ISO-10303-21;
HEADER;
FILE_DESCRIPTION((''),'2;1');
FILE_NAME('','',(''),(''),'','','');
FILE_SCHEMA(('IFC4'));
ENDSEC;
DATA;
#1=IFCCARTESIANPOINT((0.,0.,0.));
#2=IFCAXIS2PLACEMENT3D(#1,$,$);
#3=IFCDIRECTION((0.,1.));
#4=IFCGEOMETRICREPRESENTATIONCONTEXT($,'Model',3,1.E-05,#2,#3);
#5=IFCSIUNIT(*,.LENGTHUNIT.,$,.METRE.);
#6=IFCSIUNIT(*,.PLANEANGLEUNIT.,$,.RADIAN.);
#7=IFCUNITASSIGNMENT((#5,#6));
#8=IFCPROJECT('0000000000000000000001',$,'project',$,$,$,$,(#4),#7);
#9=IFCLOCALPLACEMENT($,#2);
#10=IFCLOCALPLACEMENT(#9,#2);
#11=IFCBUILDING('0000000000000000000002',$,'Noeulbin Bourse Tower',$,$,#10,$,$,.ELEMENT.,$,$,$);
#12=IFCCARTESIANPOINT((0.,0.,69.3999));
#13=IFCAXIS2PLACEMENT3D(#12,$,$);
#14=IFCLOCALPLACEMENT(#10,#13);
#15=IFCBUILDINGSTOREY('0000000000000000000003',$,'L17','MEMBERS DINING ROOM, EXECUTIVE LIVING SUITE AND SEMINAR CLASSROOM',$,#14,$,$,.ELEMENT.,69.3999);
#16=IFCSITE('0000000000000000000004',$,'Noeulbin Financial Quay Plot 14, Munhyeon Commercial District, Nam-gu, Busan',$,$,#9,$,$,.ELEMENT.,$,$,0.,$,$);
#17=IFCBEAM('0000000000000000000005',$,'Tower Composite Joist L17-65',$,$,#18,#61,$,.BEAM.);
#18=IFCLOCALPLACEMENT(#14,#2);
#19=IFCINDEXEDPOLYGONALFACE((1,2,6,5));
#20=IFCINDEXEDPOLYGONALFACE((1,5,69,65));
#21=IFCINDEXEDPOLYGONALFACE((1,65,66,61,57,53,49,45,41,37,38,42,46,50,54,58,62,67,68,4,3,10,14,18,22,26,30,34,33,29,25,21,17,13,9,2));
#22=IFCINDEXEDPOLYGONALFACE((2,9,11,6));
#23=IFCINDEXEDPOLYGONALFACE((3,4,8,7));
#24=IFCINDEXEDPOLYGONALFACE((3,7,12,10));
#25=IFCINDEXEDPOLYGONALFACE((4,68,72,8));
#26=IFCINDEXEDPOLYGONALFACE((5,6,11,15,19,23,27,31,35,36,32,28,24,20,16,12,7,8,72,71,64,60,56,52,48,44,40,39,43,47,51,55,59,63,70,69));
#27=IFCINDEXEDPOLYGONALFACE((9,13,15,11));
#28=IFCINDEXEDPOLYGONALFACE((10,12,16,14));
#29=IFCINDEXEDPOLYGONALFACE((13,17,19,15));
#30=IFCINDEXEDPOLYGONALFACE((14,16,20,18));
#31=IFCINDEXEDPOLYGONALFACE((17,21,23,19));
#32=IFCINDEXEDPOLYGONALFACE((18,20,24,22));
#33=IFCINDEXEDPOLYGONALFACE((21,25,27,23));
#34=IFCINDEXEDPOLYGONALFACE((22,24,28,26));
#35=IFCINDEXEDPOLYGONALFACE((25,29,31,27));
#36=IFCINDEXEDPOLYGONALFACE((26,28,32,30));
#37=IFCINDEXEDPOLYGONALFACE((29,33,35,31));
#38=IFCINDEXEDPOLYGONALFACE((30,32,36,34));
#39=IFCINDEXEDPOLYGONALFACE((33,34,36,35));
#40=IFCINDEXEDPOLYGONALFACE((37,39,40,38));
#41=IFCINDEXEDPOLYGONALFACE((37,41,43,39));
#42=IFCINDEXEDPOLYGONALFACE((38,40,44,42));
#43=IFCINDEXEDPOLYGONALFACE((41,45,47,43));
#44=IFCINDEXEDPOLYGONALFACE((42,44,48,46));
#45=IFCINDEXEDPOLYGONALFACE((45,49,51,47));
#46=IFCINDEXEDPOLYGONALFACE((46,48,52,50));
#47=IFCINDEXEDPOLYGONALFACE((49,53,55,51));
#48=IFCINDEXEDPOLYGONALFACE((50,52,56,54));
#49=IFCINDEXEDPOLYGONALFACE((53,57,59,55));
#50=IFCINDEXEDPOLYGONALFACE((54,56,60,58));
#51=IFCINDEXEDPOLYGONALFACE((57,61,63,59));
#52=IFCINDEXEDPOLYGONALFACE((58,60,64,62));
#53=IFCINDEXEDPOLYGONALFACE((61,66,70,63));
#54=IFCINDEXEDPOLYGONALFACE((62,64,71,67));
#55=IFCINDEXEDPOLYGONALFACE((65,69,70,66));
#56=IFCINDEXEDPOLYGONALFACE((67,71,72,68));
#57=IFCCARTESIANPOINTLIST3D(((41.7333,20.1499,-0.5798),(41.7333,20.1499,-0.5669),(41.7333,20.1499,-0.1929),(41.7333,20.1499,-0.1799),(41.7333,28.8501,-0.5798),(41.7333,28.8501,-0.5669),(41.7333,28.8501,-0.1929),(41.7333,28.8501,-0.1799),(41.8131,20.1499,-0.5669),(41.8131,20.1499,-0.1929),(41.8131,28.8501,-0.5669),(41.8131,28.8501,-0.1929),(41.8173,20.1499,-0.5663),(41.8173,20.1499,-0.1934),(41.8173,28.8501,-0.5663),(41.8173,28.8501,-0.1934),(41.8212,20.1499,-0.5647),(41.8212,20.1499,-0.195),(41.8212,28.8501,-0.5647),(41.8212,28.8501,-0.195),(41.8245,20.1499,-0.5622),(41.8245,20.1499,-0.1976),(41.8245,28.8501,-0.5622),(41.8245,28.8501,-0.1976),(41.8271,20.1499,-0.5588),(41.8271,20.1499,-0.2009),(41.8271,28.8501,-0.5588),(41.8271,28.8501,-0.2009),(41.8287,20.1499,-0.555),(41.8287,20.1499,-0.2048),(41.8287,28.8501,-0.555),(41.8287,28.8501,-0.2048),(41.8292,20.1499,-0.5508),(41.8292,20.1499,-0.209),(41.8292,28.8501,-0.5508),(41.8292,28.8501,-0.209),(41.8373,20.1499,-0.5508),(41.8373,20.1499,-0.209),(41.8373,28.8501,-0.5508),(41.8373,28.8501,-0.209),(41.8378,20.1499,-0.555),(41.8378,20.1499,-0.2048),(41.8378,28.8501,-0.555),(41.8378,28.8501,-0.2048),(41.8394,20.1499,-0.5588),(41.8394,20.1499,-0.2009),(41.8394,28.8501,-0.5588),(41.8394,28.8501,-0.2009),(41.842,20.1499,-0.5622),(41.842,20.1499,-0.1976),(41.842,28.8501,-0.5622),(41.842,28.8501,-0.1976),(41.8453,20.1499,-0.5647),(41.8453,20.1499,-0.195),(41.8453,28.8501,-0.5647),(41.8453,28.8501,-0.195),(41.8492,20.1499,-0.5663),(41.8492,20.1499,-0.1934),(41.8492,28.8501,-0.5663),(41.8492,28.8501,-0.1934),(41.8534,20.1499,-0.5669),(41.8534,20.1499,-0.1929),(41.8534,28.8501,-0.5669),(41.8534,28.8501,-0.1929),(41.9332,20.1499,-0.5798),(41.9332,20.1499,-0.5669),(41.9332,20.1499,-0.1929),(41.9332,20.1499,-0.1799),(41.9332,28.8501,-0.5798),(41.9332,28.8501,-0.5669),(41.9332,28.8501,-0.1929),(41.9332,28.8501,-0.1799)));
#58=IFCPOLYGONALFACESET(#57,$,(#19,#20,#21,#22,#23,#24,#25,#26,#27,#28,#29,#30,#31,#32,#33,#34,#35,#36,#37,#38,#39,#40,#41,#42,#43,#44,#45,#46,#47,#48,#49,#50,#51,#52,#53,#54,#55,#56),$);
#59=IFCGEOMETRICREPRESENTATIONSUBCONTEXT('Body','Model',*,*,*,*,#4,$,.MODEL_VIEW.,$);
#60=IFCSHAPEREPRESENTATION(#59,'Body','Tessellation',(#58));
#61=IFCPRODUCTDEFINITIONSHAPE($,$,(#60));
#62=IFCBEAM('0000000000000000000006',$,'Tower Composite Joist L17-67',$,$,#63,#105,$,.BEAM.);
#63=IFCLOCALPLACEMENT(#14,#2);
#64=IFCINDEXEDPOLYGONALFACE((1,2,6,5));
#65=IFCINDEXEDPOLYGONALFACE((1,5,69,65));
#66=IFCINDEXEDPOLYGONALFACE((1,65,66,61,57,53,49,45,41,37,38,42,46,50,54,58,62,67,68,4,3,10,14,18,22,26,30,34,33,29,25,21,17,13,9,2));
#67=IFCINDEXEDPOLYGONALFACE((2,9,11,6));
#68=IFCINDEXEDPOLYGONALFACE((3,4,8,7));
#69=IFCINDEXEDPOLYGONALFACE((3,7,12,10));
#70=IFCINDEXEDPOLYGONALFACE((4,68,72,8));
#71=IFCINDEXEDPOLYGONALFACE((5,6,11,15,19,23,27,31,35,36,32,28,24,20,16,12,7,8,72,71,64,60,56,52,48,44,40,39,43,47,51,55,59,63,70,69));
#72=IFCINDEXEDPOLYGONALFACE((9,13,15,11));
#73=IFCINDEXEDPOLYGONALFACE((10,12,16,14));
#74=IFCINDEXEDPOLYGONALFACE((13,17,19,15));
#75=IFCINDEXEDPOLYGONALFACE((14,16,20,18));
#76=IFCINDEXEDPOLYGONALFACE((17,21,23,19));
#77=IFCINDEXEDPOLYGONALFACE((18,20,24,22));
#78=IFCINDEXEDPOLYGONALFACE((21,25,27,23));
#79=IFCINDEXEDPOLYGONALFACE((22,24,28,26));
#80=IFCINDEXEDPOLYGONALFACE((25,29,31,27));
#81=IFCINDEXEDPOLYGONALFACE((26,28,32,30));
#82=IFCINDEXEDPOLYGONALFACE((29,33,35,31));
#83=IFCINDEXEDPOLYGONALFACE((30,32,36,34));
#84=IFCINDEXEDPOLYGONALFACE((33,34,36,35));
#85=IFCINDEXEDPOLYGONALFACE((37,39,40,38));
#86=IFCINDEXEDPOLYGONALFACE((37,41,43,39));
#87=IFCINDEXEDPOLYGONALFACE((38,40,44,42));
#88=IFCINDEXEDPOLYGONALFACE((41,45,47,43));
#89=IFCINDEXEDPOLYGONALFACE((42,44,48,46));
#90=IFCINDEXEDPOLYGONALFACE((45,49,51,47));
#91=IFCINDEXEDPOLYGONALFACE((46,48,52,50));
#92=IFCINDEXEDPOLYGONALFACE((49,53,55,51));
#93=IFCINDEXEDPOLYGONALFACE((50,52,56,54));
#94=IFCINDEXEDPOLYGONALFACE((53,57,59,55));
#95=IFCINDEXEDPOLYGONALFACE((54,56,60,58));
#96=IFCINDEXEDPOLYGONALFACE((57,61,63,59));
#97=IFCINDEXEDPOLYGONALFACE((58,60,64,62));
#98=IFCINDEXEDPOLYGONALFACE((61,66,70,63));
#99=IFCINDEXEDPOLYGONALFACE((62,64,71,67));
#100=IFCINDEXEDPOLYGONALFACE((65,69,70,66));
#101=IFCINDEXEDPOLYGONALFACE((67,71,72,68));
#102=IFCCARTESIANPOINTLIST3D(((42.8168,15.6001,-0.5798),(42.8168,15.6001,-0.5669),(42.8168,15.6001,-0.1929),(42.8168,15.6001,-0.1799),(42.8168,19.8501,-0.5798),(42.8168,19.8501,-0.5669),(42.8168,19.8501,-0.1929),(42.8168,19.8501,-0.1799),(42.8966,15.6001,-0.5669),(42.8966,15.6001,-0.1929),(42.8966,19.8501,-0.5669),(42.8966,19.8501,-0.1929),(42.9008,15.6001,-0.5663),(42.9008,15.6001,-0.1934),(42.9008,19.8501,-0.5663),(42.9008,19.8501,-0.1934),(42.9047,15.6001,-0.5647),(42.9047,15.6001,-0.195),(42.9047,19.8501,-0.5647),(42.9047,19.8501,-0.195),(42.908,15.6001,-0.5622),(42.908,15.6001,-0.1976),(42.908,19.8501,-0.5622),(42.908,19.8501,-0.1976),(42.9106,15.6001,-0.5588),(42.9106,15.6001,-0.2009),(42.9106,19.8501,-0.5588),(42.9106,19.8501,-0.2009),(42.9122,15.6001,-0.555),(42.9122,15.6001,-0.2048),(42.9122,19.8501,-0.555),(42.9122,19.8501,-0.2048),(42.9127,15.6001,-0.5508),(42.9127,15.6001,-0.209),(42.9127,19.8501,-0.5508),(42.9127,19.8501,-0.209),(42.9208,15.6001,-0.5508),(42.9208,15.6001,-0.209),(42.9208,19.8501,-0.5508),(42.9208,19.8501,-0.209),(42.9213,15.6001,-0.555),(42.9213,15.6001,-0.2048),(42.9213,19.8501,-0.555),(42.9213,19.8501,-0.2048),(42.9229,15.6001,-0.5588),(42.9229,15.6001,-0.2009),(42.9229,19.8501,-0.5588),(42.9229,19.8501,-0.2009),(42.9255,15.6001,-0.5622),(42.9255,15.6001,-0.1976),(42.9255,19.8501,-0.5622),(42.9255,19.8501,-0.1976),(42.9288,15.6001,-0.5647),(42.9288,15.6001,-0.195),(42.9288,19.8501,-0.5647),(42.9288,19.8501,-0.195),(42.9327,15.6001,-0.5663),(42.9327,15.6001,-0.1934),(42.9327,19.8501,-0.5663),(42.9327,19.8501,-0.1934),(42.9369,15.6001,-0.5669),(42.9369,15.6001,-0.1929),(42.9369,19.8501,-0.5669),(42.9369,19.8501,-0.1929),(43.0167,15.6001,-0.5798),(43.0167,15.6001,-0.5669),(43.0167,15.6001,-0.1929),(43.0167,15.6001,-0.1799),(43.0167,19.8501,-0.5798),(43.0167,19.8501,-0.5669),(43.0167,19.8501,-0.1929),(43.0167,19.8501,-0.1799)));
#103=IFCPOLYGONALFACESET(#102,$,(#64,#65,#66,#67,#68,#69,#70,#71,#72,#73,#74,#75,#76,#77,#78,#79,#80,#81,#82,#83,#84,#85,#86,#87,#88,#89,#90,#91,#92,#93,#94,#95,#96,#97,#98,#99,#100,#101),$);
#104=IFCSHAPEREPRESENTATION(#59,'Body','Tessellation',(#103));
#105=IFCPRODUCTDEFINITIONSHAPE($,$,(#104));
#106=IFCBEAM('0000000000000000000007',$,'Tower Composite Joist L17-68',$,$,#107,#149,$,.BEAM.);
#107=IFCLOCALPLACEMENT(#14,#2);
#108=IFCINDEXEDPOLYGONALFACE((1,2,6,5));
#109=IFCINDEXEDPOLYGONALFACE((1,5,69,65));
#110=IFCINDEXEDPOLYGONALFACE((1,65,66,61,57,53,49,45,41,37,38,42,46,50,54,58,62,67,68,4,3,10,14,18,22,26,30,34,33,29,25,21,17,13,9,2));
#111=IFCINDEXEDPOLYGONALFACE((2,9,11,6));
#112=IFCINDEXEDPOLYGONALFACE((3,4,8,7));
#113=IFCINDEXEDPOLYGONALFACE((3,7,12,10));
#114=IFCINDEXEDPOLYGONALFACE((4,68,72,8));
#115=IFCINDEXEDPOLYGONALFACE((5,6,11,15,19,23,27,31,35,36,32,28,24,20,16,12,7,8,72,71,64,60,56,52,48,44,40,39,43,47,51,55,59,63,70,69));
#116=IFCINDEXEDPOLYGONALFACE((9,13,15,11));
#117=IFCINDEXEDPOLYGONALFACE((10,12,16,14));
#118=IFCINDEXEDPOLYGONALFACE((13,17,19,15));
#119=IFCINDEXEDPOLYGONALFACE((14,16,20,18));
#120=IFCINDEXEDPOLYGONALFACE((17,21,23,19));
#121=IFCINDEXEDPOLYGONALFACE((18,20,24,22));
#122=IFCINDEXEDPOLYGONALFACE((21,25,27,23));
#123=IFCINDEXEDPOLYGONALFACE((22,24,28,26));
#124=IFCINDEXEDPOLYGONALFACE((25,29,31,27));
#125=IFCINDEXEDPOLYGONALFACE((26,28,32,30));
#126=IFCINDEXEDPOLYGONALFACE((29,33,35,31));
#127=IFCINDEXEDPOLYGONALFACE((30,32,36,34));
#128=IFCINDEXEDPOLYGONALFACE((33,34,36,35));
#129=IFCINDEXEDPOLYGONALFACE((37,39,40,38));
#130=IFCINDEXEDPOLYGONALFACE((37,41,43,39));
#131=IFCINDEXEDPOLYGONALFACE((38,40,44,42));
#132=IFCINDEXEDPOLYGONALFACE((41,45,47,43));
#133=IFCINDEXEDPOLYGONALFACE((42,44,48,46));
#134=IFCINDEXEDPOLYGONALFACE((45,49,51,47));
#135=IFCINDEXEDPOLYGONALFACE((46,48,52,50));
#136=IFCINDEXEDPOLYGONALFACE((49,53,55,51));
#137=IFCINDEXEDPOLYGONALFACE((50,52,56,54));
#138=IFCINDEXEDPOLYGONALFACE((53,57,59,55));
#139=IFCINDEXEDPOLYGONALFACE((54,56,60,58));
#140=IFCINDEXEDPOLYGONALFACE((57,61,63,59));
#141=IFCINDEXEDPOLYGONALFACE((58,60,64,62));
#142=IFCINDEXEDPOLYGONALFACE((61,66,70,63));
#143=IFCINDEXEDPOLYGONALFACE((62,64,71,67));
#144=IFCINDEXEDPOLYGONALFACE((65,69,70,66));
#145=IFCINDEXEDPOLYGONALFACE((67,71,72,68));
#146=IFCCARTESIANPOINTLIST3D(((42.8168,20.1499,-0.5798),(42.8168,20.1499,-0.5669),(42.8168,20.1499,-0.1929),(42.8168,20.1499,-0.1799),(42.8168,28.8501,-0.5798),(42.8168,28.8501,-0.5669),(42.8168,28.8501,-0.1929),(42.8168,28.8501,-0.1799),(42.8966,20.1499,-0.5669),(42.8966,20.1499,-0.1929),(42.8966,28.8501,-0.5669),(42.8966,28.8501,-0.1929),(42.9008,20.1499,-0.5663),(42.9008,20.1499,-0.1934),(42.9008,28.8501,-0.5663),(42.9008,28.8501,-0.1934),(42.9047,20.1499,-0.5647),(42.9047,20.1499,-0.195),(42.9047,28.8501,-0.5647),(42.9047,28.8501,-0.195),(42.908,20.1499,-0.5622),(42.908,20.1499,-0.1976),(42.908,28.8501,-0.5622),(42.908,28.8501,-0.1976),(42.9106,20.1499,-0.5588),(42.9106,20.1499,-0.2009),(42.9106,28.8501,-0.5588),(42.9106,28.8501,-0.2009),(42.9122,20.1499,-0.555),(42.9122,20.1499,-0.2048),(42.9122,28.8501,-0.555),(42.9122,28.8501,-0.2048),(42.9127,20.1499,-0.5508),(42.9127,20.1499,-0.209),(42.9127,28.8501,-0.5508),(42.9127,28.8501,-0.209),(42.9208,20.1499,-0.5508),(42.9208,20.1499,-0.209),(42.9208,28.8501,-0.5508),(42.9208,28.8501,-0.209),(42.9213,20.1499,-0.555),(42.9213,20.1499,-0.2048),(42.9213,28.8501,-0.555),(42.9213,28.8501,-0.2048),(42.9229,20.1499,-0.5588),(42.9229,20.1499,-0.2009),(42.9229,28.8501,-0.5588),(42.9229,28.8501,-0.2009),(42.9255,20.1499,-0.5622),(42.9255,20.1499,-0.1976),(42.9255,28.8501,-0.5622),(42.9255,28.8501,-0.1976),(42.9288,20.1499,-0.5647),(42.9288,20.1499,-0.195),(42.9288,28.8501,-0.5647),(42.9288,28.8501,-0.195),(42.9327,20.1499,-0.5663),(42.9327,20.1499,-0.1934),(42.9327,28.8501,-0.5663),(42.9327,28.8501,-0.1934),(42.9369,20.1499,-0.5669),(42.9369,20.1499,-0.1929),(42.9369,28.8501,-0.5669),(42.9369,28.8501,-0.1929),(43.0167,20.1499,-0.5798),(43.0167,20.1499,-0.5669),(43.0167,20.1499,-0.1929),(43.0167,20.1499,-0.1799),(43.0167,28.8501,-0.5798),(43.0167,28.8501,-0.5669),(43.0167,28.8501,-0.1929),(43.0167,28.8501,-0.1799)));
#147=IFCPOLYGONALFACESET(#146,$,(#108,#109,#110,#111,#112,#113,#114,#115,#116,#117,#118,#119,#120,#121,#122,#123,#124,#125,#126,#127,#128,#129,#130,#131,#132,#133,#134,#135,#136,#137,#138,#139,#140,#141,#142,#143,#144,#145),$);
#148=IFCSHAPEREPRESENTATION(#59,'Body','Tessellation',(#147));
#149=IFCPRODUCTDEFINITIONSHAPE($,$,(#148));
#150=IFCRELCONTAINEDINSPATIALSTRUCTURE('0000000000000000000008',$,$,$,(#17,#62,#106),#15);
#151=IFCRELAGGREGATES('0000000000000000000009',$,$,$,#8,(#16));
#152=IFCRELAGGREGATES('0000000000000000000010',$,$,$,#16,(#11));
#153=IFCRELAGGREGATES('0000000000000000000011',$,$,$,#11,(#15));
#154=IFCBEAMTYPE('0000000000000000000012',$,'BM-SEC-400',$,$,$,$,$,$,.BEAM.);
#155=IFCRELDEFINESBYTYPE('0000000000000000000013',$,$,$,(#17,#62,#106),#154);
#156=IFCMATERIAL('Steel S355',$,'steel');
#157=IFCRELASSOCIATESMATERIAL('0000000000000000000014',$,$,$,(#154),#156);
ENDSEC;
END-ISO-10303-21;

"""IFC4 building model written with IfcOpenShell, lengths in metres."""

from ifc_helpers import new_model, si_unit, direction, frame, origin, origin_2d, place, context, subcontext, project, spatial, i_section, extrude, material, material_profile, profile_set, type_object, element, save


model = new_model("IFC4")

# Units and contexts
model_context = context("Model", 3, precision=1e-05, world=origin(), true_north=direction((0.0, 1.0)))
body_context = subcontext(model_context, "Body", "Model", "MODEL_VIEW")
ifc_project = project(units=[si_unit("LENGTHUNIT", "METRE"), si_unit("PLANEANGLEUNIT", "RADIAN")], contexts=[model_context])

# Site, building, storey
site_placement = place(None, origin())
site = spatial("IfcSite", under=ifc_project, at=site_placement, Name="Noeulbin Financial Quay Plot 14, Munhyeon Commercial District, Nam-gu, Busan", CompositionType="ELEMENT", RefElevation=0.0)
building_placement = place(site_placement, origin())
building = spatial("IfcBuilding", under=site, at=building_placement, Name="Noeulbin Bourse Tower", CompositionType="ELEMENT")
storey_placement = place(building_placement, frame((0.0, 0.0, 69.3999)))
storey = spatial("IfcBuildingStorey", under=building, at=storey_placement, Name="L17", Description="MEMBERS DINING ROOM, EXECUTIVE LIVING SUITE AND SEMINAR CLASSROOM", CompositionType="ELEMENT", Elevation=69.3999)

# Beams
ifc_material_1 = material(Name="Steel S355", Category="steel")
ifc_material_profile_1 = material_profile(ifc_material_1, i_section(OverallWidth=0.2, OverallDepth=0.3999, WebThickness=0.0081, FlangeThickness=0.0129, FilletRadius=0.0161, at=origin_2d()), Name="H-400x200x8x13", Category="LoadBearing")
ifc_profile_set_1 = profile_set([ifc_material_profile_1], Name="Steel S355")
beam_type_1 = type_object("IfcBeamType", Name="BM-SEC-400", PredefinedType="BEAM", material=ifc_profile_set_1)
beam_1_placement = place(storey_placement, frame((41.8333, 20.1499, -0.3799), z_axis=(0.0, 1.0, 0.0), x_axis=(-1.0, 0.0, 0.0)))
element("IfcBeam", 1, at=beam_1_placement, inside=storey, type_object=beam_type_1, Name="Tower Composite Joist L17-65", PredefinedType="BEAM", context=body_context, shape_type="SweptSolid", body=[
    extrude(i_section(OverallWidth=0.2, OverallDepth=0.3999, WebThickness=0.0081, FlangeThickness=0.0129, FilletRadius=0.0161, at=origin_2d()), origin(), (0.0, 0.0, 1.0), 8.7002),
])
beam_2_placement = place(storey_placement, frame((42.9167, 15.6001, -0.3799), z_axis=(0.0, 1.0, 0.0), x_axis=(-1.0, 0.0, 0.0)))
element("IfcBeam", 2, at=beam_2_placement, inside=storey, type_object=beam_type_1, Name="Tower Composite Joist L17-67", PredefinedType="BEAM", context=body_context, shape_type="SweptSolid", body=[
    extrude(i_section(OverallWidth=0.2, OverallDepth=0.3999, WebThickness=0.0081, FlangeThickness=0.0129, FilletRadius=0.0161, at=origin_2d()), origin(), (0.0, 0.0, 1.0), 4.25),
])
beam_3_placement = place(storey_placement, frame((42.9167, 20.1499, -0.3799), z_axis=(0.0, 1.0, 0.0), x_axis=(-1.0, 0.0, 0.0)))
element("IfcBeam", 3, at=beam_3_placement, inside=storey, type_object=beam_type_1, Name="Tower Composite Joist L17-68", PredefinedType="BEAM", context=body_context, shape_type="SweptSolid", body=[
    extrude(i_section(OverallWidth=0.2, OverallDepth=0.3999, WebThickness=0.0081, FlangeThickness=0.0129, FilletRadius=0.0161, at=origin_2d()), origin(), (0.0, 0.0, 1.0), 8.7002),
])

save(model, "model.ifc")
